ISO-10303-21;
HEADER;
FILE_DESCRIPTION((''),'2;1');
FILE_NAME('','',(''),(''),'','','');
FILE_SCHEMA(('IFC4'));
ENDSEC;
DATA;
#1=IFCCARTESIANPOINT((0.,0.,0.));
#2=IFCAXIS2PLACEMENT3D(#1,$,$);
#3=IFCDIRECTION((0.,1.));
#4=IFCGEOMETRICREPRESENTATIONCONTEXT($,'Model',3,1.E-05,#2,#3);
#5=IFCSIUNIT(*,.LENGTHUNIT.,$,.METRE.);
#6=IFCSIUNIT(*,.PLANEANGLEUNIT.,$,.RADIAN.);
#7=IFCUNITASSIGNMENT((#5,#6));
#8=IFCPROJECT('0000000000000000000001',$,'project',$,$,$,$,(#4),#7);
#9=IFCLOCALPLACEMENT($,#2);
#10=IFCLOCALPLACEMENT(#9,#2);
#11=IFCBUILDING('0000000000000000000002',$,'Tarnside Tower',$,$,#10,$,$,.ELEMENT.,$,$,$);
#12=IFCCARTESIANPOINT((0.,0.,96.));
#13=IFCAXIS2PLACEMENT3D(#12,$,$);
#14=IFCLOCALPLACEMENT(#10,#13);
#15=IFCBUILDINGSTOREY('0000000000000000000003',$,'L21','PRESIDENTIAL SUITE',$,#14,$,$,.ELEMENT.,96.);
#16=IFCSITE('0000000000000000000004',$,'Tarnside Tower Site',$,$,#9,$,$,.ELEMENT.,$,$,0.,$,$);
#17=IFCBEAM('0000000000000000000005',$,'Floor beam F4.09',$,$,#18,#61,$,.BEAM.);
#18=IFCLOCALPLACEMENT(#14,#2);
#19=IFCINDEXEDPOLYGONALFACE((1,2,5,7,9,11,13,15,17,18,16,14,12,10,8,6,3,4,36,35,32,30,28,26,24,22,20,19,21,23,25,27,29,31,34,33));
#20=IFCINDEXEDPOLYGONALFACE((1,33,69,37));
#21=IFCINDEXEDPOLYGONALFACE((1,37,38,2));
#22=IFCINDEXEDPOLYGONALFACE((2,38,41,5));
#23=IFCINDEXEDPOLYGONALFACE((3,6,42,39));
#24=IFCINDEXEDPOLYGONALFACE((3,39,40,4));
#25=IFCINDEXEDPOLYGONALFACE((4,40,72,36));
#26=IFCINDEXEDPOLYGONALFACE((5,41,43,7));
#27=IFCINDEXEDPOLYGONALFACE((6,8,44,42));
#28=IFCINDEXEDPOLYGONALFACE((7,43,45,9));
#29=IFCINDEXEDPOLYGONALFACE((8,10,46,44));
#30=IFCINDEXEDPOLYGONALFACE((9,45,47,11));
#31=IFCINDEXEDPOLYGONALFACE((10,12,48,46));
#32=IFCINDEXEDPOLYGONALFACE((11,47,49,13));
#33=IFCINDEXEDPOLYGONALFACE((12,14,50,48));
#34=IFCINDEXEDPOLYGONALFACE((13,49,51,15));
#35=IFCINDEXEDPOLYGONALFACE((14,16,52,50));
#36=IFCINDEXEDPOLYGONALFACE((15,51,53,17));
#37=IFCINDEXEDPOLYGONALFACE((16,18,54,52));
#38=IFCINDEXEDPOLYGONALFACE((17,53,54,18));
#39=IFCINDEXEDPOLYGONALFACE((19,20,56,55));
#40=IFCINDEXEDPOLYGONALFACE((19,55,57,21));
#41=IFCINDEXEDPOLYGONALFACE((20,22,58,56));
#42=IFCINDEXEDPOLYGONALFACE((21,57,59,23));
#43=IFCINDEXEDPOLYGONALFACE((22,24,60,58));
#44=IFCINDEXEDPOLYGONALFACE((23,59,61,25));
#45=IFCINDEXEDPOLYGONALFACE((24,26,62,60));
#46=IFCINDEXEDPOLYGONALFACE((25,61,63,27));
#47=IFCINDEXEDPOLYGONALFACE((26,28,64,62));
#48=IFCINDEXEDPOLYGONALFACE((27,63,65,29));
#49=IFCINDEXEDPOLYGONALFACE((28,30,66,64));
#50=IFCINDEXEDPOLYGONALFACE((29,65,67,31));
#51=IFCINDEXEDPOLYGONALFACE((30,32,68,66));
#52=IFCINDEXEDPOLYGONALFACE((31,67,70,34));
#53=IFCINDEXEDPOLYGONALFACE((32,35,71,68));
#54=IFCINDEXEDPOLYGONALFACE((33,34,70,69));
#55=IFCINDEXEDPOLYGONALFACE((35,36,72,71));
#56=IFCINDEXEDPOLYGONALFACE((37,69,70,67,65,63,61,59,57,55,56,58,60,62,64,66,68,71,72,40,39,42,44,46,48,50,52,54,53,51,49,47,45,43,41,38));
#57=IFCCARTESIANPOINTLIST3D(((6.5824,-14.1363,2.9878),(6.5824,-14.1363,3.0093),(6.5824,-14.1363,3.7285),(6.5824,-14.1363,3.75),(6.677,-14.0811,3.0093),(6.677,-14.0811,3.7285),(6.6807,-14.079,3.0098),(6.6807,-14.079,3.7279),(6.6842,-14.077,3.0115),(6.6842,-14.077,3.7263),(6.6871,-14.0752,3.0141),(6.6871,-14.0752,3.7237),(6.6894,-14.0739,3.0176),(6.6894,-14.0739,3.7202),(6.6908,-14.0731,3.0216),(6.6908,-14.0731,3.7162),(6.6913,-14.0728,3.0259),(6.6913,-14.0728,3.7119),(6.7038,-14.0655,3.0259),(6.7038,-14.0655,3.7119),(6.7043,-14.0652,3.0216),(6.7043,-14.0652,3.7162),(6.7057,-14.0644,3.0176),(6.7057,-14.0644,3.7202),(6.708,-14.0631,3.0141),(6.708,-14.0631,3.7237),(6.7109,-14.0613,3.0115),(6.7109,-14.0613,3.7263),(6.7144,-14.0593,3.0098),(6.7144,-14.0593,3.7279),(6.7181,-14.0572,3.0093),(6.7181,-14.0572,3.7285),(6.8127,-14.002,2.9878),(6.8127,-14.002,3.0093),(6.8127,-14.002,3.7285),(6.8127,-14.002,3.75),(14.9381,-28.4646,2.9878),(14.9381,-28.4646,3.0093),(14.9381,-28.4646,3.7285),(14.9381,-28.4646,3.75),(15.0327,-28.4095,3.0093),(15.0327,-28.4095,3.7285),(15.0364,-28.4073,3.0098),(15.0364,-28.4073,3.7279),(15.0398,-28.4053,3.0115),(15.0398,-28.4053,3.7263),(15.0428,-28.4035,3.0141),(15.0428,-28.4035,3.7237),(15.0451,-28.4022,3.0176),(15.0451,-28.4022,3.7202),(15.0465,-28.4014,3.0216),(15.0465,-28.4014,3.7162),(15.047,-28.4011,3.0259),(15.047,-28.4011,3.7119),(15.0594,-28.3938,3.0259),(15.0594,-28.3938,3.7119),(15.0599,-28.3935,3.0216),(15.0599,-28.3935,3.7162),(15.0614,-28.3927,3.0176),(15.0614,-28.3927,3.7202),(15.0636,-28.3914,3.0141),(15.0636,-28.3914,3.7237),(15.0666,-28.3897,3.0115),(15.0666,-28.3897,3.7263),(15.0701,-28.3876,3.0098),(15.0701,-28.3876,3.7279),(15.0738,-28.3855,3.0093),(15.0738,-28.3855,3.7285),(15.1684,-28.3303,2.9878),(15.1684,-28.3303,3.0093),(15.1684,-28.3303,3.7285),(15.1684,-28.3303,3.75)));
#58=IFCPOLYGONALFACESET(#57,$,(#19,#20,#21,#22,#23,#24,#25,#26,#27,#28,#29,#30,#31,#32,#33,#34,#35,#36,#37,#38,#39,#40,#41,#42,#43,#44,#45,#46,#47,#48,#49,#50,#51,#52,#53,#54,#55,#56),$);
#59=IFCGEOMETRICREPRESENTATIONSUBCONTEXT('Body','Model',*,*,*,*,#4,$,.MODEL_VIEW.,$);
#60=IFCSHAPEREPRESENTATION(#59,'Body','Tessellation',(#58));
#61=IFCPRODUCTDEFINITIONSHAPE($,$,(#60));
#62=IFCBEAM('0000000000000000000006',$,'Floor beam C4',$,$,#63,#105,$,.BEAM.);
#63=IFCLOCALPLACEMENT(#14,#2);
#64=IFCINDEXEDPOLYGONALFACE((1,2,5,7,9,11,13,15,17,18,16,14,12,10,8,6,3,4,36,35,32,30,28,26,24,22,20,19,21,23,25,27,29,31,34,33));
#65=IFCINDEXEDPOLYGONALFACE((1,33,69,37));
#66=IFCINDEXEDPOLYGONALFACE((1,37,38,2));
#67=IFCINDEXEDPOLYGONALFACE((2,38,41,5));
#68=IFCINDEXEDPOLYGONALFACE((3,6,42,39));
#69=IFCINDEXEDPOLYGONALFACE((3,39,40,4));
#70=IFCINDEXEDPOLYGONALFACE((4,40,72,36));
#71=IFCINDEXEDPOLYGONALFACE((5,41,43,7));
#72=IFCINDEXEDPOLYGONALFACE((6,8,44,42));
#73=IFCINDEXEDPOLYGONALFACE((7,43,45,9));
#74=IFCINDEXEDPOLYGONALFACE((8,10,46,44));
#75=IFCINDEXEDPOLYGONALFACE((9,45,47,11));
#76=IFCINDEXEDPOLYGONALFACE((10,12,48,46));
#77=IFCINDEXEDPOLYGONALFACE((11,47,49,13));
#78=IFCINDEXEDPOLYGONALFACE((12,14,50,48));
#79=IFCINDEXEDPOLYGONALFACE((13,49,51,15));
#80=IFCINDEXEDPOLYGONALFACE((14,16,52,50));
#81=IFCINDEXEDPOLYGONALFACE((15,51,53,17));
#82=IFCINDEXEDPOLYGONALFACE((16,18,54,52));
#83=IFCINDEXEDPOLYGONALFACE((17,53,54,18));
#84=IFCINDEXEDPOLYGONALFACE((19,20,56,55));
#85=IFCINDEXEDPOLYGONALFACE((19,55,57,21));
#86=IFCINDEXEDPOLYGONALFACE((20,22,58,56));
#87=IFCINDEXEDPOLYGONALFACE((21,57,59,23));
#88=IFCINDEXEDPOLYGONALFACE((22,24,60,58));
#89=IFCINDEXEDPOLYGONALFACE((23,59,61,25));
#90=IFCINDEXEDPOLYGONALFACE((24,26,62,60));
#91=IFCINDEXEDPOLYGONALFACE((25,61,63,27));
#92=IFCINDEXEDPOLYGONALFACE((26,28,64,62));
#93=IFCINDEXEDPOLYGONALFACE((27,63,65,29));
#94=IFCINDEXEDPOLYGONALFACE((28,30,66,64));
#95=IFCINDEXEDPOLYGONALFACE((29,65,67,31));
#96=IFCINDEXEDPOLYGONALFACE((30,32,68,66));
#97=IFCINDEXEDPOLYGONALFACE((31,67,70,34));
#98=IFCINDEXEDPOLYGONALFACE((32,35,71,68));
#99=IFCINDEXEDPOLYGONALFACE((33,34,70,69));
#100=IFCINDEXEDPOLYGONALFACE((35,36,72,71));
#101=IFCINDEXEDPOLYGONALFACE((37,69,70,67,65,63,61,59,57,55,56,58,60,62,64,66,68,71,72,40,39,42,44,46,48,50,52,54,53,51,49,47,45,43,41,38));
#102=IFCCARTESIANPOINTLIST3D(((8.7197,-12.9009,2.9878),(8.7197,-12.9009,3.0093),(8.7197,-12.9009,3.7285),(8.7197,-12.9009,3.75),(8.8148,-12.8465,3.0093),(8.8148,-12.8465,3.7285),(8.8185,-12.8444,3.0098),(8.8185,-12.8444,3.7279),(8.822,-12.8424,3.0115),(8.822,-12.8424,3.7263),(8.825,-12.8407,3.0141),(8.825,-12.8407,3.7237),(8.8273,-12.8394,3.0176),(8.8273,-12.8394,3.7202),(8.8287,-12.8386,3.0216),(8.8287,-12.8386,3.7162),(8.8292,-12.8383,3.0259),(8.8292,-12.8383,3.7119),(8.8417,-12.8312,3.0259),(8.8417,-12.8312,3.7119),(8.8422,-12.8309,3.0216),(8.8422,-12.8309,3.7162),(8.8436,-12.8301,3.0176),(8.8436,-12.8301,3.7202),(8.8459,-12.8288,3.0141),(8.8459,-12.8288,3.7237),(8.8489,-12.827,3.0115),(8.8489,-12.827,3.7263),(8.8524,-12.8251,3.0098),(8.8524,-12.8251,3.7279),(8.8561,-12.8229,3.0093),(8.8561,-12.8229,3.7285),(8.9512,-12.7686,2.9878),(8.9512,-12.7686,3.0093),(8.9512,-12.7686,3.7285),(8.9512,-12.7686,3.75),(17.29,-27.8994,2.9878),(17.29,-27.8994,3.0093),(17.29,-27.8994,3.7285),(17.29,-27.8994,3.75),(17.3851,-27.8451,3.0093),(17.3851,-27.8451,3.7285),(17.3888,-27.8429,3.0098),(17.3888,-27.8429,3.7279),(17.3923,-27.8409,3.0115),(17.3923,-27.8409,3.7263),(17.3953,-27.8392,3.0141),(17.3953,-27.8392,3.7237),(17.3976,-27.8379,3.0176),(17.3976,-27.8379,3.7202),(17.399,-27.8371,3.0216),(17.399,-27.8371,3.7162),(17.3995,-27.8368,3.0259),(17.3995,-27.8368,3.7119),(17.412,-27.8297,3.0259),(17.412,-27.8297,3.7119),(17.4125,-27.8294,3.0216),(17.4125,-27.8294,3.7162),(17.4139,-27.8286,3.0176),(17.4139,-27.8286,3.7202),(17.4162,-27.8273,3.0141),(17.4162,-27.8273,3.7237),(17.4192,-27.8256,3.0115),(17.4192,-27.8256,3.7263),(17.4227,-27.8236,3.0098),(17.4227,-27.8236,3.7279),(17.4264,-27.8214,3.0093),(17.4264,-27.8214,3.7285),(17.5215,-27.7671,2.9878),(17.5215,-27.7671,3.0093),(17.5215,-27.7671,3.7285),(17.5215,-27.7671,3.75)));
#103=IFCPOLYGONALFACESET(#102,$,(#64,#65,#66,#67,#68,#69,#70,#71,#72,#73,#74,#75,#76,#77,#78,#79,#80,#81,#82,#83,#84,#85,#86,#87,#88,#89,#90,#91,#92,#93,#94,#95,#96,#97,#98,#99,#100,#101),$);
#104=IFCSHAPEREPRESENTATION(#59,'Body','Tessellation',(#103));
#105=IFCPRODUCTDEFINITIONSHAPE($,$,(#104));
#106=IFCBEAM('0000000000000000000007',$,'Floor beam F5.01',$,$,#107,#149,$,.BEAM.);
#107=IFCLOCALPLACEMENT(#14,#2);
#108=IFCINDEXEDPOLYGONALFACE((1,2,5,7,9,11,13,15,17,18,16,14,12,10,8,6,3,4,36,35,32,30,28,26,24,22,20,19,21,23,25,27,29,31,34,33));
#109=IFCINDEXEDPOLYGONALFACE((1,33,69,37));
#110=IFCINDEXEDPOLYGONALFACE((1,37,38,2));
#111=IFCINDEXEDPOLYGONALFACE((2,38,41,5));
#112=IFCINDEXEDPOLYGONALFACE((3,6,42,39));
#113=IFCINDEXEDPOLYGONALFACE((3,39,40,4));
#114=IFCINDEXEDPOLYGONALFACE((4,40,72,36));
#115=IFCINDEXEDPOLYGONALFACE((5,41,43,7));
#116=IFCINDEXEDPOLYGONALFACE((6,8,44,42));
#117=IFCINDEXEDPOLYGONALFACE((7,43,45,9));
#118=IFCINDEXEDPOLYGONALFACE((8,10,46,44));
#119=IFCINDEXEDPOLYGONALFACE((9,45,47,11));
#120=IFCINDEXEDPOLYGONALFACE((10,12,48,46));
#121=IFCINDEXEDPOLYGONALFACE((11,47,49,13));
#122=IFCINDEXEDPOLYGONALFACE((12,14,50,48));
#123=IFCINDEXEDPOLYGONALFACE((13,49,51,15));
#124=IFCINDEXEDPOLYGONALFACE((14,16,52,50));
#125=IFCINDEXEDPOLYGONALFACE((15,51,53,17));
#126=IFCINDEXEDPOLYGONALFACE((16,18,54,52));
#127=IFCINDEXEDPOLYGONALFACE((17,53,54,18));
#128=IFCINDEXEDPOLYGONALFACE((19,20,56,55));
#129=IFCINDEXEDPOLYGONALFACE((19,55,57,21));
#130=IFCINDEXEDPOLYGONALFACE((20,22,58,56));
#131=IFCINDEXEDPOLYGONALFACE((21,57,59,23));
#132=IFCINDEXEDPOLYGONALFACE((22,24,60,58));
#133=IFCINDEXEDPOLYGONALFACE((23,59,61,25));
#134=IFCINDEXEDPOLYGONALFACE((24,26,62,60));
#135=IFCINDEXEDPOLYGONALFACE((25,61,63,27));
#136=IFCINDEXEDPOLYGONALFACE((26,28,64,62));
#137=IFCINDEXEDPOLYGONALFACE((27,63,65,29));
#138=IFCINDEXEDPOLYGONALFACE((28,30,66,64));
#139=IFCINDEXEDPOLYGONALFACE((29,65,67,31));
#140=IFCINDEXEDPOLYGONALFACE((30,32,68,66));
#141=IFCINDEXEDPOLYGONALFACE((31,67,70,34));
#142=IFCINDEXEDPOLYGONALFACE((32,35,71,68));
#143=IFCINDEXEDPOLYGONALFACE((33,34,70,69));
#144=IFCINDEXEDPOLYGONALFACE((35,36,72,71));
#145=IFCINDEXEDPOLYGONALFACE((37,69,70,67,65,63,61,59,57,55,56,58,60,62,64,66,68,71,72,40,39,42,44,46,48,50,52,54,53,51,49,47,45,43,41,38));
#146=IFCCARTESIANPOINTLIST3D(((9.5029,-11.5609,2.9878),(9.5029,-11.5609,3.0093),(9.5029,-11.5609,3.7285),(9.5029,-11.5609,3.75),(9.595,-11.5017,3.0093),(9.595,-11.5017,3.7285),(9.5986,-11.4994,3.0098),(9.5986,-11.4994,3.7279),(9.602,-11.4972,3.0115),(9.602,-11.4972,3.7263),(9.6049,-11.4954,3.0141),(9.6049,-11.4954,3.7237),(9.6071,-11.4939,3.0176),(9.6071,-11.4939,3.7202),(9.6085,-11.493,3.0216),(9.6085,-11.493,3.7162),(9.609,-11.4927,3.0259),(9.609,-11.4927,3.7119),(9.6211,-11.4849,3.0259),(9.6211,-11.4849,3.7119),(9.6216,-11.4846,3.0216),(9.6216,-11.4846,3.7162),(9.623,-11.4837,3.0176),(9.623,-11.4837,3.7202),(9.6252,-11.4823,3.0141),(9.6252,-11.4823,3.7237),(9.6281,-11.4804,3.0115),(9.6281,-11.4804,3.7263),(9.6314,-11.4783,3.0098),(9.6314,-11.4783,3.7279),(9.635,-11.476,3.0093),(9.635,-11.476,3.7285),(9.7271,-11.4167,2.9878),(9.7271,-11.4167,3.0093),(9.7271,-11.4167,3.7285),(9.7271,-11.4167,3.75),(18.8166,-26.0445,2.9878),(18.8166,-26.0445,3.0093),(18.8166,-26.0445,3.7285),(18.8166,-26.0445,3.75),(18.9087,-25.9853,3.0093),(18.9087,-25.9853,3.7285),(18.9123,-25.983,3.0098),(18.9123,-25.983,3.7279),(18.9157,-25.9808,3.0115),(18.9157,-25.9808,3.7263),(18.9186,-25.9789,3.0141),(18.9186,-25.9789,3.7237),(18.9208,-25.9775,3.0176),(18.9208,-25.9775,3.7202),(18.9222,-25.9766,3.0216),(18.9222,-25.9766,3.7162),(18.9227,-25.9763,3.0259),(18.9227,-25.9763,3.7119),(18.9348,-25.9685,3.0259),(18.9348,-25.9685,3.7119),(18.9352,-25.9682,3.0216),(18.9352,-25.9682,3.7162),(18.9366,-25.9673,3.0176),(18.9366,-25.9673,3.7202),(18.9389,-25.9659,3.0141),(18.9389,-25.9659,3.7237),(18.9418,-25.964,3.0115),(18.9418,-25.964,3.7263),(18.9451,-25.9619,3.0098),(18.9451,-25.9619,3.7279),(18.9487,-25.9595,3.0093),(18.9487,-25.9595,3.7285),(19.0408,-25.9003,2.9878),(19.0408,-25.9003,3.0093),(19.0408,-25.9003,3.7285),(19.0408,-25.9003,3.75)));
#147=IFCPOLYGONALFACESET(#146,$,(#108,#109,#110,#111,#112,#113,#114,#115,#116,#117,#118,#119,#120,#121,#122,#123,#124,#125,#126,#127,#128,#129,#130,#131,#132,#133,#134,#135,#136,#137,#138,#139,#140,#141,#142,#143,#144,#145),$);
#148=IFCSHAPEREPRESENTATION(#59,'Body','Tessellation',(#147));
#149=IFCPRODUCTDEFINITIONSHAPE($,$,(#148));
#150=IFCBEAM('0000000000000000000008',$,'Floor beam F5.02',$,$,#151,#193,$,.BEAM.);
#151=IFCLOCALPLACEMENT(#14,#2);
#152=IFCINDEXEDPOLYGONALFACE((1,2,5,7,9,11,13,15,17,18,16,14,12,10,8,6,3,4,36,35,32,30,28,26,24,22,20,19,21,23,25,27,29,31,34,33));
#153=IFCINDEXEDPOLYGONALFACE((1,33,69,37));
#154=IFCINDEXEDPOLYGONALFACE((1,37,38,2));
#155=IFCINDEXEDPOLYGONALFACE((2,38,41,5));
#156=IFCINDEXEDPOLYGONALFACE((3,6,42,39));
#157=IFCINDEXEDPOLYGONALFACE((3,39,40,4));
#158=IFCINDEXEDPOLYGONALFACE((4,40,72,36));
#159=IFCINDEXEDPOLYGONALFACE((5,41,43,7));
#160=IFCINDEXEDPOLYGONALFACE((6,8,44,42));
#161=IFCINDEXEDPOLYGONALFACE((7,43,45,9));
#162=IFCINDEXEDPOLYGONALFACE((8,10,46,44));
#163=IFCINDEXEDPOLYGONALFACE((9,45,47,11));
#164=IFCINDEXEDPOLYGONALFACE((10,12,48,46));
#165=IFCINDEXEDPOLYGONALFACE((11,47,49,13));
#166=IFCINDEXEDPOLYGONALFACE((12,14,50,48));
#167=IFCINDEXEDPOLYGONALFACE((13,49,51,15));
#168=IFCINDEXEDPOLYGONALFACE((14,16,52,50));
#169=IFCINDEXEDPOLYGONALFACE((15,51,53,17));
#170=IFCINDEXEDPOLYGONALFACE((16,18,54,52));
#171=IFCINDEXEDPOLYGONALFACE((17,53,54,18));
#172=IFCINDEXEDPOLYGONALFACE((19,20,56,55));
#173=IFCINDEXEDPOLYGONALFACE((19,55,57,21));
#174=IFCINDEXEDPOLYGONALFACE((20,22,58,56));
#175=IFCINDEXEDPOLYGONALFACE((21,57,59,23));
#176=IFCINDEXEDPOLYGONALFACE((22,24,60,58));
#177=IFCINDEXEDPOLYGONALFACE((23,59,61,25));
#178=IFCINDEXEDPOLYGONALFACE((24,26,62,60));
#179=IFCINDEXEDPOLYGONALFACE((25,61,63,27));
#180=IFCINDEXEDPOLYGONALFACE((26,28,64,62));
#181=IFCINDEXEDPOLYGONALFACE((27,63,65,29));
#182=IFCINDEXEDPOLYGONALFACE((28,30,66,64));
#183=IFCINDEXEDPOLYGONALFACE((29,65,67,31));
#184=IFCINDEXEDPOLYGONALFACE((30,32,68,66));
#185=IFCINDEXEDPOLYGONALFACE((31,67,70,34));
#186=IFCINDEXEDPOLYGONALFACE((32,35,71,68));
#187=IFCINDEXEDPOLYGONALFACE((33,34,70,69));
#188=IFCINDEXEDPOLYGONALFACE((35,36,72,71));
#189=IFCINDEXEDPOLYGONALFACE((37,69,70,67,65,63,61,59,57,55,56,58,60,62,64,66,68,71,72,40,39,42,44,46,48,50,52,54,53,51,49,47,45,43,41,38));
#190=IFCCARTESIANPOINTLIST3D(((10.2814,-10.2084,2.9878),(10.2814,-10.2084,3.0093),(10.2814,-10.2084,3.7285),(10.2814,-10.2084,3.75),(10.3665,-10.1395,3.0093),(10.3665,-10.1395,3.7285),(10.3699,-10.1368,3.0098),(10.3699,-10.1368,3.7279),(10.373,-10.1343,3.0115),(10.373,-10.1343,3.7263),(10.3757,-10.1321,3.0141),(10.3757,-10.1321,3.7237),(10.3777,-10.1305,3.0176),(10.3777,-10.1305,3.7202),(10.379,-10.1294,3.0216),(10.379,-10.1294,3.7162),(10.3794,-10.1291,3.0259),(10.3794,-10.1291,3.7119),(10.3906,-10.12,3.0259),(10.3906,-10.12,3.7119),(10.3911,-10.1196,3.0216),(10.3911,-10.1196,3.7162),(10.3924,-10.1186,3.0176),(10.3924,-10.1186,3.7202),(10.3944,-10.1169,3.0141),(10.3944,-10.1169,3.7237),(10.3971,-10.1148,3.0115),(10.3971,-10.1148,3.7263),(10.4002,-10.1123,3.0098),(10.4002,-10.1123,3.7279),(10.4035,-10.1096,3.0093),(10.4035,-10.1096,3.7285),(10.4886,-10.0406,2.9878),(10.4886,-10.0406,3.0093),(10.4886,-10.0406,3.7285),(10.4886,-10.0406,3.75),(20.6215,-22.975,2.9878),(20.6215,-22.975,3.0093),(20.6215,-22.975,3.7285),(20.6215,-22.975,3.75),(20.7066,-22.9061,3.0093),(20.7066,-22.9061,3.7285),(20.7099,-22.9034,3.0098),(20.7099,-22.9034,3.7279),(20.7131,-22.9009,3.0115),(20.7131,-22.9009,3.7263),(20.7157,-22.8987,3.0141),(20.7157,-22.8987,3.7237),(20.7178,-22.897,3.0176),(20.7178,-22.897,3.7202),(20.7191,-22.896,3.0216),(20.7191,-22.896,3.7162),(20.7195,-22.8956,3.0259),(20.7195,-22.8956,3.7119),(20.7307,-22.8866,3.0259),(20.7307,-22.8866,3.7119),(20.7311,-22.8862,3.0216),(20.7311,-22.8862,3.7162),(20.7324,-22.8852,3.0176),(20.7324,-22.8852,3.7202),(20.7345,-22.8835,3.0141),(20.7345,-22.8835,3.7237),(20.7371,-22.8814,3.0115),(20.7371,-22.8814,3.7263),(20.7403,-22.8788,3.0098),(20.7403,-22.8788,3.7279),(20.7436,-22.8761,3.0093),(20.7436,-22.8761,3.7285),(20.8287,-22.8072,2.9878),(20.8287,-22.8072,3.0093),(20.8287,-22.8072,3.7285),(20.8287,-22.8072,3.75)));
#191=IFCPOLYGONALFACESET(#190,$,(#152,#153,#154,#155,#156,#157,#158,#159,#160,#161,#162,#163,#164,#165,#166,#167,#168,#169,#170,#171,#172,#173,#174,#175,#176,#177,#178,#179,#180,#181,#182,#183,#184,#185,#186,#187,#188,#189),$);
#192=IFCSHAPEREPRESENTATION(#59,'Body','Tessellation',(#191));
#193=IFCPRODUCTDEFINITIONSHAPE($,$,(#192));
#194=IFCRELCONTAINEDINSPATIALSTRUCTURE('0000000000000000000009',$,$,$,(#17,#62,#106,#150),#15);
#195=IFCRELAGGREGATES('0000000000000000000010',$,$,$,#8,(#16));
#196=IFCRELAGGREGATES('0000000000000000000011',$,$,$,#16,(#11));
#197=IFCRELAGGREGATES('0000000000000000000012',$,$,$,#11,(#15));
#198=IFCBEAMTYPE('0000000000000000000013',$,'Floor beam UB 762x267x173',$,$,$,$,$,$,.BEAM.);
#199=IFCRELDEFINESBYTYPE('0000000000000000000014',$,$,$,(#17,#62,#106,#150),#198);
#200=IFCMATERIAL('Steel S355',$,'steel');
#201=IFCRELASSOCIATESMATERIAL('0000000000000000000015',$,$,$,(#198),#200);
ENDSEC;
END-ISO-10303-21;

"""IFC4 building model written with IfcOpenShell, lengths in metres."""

from ifc_helpers import new_model, si_unit, direction, frame, origin, origin_2d, place, context, subcontext, project, spatial, i_section, extrude, material, material_profile, profile_set, type_object, element, save


model = new_model("IFC4")

# Units and contexts
model_context = context("Model", 3, precision=1e-05, world=origin(), true_north=direction((0.0, 1.0)))
body_context = subcontext(model_context, "Body", "Model", "MODEL_VIEW")
ifc_project = project(units=[si_unit("LENGTHUNIT", "METRE"), si_unit("PLANEANGLEUNIT", "RADIAN")], contexts=[model_context])

# Site, building, storey
site_placement = place(None, origin())
site = spatial("IfcSite", under=ifc_project, at=site_placement, Name="Tarnside Tower Site", CompositionType="ELEMENT", RefElevation=0.0)
building_placement = place(site_placement, origin())
building = spatial("IfcBuilding", under=site, at=building_placement, Name="Tarnside Tower", CompositionType="ELEMENT")
storey_placement = place(building_placement, frame((0.0, 0.0, 96.0)))
storey = spatial("IfcBuildingStorey", under=building, at=storey_placement, Name="L21", Description="PRESIDENTIAL SUITE", CompositionType="ELEMENT", Elevation=96.0)

# Beams
ifc_material_1 = material(Name="Steel S355", Category="steel")
ifc_material_profile = material_profile(ifc_material_1, i_section(OverallWidth=0.2666, OverallDepth=0.7622, WebThickness=0.0144, FlangeThickness=0.0215, FilletRadius=0.0166, at=origin_2d()), Name="UB 762x267x173")
ifc_profile_set = profile_set([ifc_material_profile], Name="Steel S355")
beam_type = type_object("IfcBeamType", Name="Floor beam UB 762x267x173", PredefinedType="BEAM", material=ifc_profile_set)
beam_1_placement = place(storey_placement, frame((15.0532, -28.3975, 3.3689), z_axis=(-0.503758, 0.863845, 0.0), x_axis=(-0.863845, -0.503758, 0.0)))
element("IfcBeam", 1, at=beam_1_placement, inside=storey, type_object=beam_type, Name="Floor beam F4.09", PredefinedType="BEAM", context=body_context, shape_type="SweptSolid", body=[
    extrude(i_section(OverallWidth=0.2666, OverallDepth=0.7622, WebThickness=0.0144, FlangeThickness=0.0215, FilletRadius=0.0166, at=origin_2d()), origin(), (0.0, 0.0, 1.0), 16.5867),
])
beam_2_placement = place(storey_placement, frame((17.4058, -27.8333, 3.3689), z_axis=(-0.496127, 0.86825, 0.0), x_axis=(-0.86825, -0.496127, 0.0)))
element("IfcBeam", 2, at=beam_2_placement, inside=storey, type_object=beam_type, Name="Floor beam C4", PredefinedType="BEAM", context=body_context, shape_type="SweptSolid", body=[
    extrude(i_section(OverallWidth=0.2666, OverallDepth=0.7622, WebThickness=0.0144, FlangeThickness=0.0215, FilletRadius=0.0166, at=origin_2d()), origin(), (0.0, 0.0, 1.0), 17.2744),
])
beam_3_placement = place(storey_placement, frame((18.9287, -25.9724, 3.3689), z_axis=(-0.540873, 0.841104, 0.0), x_axis=(-0.841104, -0.540873, 0.0)))
element("IfcBeam", 3, at=beam_3_placement, inside=storey, type_object=beam_type, Name="Floor beam F5.01", PredefinedType="BEAM", context=body_context, shape_type="SweptSolid", body=[
    extrude(i_section(OverallWidth=0.2666, OverallDepth=0.7622, WebThickness=0.0144, FlangeThickness=0.0215, FilletRadius=0.0166, at=origin_2d()), origin(), (0.0, 0.0, 1.0), 17.2197),
])
beam_4_placement = place(storey_placement, frame((20.7251, -22.8911, 3.3689), z_axis=(-0.62939, 0.777089, 0.0), x_axis=(-0.777089, -0.62939, 0.0)))
element("IfcBeam", 4, at=beam_4_placement, inside=storey, type_object=beam_type, Name="Floor beam F5.02", PredefinedType="BEAM", context=body_context, shape_type="SweptSolid", body=[
    extrude(i_section(OverallWidth=0.2666, OverallDepth=0.7622, WebThickness=0.0144, FlangeThickness=0.0215, FilletRadius=0.0166, at=origin_2d()), origin(), (0.0, 0.0, 1.0), 16.4287),
])

save(model, "model.ifc")
